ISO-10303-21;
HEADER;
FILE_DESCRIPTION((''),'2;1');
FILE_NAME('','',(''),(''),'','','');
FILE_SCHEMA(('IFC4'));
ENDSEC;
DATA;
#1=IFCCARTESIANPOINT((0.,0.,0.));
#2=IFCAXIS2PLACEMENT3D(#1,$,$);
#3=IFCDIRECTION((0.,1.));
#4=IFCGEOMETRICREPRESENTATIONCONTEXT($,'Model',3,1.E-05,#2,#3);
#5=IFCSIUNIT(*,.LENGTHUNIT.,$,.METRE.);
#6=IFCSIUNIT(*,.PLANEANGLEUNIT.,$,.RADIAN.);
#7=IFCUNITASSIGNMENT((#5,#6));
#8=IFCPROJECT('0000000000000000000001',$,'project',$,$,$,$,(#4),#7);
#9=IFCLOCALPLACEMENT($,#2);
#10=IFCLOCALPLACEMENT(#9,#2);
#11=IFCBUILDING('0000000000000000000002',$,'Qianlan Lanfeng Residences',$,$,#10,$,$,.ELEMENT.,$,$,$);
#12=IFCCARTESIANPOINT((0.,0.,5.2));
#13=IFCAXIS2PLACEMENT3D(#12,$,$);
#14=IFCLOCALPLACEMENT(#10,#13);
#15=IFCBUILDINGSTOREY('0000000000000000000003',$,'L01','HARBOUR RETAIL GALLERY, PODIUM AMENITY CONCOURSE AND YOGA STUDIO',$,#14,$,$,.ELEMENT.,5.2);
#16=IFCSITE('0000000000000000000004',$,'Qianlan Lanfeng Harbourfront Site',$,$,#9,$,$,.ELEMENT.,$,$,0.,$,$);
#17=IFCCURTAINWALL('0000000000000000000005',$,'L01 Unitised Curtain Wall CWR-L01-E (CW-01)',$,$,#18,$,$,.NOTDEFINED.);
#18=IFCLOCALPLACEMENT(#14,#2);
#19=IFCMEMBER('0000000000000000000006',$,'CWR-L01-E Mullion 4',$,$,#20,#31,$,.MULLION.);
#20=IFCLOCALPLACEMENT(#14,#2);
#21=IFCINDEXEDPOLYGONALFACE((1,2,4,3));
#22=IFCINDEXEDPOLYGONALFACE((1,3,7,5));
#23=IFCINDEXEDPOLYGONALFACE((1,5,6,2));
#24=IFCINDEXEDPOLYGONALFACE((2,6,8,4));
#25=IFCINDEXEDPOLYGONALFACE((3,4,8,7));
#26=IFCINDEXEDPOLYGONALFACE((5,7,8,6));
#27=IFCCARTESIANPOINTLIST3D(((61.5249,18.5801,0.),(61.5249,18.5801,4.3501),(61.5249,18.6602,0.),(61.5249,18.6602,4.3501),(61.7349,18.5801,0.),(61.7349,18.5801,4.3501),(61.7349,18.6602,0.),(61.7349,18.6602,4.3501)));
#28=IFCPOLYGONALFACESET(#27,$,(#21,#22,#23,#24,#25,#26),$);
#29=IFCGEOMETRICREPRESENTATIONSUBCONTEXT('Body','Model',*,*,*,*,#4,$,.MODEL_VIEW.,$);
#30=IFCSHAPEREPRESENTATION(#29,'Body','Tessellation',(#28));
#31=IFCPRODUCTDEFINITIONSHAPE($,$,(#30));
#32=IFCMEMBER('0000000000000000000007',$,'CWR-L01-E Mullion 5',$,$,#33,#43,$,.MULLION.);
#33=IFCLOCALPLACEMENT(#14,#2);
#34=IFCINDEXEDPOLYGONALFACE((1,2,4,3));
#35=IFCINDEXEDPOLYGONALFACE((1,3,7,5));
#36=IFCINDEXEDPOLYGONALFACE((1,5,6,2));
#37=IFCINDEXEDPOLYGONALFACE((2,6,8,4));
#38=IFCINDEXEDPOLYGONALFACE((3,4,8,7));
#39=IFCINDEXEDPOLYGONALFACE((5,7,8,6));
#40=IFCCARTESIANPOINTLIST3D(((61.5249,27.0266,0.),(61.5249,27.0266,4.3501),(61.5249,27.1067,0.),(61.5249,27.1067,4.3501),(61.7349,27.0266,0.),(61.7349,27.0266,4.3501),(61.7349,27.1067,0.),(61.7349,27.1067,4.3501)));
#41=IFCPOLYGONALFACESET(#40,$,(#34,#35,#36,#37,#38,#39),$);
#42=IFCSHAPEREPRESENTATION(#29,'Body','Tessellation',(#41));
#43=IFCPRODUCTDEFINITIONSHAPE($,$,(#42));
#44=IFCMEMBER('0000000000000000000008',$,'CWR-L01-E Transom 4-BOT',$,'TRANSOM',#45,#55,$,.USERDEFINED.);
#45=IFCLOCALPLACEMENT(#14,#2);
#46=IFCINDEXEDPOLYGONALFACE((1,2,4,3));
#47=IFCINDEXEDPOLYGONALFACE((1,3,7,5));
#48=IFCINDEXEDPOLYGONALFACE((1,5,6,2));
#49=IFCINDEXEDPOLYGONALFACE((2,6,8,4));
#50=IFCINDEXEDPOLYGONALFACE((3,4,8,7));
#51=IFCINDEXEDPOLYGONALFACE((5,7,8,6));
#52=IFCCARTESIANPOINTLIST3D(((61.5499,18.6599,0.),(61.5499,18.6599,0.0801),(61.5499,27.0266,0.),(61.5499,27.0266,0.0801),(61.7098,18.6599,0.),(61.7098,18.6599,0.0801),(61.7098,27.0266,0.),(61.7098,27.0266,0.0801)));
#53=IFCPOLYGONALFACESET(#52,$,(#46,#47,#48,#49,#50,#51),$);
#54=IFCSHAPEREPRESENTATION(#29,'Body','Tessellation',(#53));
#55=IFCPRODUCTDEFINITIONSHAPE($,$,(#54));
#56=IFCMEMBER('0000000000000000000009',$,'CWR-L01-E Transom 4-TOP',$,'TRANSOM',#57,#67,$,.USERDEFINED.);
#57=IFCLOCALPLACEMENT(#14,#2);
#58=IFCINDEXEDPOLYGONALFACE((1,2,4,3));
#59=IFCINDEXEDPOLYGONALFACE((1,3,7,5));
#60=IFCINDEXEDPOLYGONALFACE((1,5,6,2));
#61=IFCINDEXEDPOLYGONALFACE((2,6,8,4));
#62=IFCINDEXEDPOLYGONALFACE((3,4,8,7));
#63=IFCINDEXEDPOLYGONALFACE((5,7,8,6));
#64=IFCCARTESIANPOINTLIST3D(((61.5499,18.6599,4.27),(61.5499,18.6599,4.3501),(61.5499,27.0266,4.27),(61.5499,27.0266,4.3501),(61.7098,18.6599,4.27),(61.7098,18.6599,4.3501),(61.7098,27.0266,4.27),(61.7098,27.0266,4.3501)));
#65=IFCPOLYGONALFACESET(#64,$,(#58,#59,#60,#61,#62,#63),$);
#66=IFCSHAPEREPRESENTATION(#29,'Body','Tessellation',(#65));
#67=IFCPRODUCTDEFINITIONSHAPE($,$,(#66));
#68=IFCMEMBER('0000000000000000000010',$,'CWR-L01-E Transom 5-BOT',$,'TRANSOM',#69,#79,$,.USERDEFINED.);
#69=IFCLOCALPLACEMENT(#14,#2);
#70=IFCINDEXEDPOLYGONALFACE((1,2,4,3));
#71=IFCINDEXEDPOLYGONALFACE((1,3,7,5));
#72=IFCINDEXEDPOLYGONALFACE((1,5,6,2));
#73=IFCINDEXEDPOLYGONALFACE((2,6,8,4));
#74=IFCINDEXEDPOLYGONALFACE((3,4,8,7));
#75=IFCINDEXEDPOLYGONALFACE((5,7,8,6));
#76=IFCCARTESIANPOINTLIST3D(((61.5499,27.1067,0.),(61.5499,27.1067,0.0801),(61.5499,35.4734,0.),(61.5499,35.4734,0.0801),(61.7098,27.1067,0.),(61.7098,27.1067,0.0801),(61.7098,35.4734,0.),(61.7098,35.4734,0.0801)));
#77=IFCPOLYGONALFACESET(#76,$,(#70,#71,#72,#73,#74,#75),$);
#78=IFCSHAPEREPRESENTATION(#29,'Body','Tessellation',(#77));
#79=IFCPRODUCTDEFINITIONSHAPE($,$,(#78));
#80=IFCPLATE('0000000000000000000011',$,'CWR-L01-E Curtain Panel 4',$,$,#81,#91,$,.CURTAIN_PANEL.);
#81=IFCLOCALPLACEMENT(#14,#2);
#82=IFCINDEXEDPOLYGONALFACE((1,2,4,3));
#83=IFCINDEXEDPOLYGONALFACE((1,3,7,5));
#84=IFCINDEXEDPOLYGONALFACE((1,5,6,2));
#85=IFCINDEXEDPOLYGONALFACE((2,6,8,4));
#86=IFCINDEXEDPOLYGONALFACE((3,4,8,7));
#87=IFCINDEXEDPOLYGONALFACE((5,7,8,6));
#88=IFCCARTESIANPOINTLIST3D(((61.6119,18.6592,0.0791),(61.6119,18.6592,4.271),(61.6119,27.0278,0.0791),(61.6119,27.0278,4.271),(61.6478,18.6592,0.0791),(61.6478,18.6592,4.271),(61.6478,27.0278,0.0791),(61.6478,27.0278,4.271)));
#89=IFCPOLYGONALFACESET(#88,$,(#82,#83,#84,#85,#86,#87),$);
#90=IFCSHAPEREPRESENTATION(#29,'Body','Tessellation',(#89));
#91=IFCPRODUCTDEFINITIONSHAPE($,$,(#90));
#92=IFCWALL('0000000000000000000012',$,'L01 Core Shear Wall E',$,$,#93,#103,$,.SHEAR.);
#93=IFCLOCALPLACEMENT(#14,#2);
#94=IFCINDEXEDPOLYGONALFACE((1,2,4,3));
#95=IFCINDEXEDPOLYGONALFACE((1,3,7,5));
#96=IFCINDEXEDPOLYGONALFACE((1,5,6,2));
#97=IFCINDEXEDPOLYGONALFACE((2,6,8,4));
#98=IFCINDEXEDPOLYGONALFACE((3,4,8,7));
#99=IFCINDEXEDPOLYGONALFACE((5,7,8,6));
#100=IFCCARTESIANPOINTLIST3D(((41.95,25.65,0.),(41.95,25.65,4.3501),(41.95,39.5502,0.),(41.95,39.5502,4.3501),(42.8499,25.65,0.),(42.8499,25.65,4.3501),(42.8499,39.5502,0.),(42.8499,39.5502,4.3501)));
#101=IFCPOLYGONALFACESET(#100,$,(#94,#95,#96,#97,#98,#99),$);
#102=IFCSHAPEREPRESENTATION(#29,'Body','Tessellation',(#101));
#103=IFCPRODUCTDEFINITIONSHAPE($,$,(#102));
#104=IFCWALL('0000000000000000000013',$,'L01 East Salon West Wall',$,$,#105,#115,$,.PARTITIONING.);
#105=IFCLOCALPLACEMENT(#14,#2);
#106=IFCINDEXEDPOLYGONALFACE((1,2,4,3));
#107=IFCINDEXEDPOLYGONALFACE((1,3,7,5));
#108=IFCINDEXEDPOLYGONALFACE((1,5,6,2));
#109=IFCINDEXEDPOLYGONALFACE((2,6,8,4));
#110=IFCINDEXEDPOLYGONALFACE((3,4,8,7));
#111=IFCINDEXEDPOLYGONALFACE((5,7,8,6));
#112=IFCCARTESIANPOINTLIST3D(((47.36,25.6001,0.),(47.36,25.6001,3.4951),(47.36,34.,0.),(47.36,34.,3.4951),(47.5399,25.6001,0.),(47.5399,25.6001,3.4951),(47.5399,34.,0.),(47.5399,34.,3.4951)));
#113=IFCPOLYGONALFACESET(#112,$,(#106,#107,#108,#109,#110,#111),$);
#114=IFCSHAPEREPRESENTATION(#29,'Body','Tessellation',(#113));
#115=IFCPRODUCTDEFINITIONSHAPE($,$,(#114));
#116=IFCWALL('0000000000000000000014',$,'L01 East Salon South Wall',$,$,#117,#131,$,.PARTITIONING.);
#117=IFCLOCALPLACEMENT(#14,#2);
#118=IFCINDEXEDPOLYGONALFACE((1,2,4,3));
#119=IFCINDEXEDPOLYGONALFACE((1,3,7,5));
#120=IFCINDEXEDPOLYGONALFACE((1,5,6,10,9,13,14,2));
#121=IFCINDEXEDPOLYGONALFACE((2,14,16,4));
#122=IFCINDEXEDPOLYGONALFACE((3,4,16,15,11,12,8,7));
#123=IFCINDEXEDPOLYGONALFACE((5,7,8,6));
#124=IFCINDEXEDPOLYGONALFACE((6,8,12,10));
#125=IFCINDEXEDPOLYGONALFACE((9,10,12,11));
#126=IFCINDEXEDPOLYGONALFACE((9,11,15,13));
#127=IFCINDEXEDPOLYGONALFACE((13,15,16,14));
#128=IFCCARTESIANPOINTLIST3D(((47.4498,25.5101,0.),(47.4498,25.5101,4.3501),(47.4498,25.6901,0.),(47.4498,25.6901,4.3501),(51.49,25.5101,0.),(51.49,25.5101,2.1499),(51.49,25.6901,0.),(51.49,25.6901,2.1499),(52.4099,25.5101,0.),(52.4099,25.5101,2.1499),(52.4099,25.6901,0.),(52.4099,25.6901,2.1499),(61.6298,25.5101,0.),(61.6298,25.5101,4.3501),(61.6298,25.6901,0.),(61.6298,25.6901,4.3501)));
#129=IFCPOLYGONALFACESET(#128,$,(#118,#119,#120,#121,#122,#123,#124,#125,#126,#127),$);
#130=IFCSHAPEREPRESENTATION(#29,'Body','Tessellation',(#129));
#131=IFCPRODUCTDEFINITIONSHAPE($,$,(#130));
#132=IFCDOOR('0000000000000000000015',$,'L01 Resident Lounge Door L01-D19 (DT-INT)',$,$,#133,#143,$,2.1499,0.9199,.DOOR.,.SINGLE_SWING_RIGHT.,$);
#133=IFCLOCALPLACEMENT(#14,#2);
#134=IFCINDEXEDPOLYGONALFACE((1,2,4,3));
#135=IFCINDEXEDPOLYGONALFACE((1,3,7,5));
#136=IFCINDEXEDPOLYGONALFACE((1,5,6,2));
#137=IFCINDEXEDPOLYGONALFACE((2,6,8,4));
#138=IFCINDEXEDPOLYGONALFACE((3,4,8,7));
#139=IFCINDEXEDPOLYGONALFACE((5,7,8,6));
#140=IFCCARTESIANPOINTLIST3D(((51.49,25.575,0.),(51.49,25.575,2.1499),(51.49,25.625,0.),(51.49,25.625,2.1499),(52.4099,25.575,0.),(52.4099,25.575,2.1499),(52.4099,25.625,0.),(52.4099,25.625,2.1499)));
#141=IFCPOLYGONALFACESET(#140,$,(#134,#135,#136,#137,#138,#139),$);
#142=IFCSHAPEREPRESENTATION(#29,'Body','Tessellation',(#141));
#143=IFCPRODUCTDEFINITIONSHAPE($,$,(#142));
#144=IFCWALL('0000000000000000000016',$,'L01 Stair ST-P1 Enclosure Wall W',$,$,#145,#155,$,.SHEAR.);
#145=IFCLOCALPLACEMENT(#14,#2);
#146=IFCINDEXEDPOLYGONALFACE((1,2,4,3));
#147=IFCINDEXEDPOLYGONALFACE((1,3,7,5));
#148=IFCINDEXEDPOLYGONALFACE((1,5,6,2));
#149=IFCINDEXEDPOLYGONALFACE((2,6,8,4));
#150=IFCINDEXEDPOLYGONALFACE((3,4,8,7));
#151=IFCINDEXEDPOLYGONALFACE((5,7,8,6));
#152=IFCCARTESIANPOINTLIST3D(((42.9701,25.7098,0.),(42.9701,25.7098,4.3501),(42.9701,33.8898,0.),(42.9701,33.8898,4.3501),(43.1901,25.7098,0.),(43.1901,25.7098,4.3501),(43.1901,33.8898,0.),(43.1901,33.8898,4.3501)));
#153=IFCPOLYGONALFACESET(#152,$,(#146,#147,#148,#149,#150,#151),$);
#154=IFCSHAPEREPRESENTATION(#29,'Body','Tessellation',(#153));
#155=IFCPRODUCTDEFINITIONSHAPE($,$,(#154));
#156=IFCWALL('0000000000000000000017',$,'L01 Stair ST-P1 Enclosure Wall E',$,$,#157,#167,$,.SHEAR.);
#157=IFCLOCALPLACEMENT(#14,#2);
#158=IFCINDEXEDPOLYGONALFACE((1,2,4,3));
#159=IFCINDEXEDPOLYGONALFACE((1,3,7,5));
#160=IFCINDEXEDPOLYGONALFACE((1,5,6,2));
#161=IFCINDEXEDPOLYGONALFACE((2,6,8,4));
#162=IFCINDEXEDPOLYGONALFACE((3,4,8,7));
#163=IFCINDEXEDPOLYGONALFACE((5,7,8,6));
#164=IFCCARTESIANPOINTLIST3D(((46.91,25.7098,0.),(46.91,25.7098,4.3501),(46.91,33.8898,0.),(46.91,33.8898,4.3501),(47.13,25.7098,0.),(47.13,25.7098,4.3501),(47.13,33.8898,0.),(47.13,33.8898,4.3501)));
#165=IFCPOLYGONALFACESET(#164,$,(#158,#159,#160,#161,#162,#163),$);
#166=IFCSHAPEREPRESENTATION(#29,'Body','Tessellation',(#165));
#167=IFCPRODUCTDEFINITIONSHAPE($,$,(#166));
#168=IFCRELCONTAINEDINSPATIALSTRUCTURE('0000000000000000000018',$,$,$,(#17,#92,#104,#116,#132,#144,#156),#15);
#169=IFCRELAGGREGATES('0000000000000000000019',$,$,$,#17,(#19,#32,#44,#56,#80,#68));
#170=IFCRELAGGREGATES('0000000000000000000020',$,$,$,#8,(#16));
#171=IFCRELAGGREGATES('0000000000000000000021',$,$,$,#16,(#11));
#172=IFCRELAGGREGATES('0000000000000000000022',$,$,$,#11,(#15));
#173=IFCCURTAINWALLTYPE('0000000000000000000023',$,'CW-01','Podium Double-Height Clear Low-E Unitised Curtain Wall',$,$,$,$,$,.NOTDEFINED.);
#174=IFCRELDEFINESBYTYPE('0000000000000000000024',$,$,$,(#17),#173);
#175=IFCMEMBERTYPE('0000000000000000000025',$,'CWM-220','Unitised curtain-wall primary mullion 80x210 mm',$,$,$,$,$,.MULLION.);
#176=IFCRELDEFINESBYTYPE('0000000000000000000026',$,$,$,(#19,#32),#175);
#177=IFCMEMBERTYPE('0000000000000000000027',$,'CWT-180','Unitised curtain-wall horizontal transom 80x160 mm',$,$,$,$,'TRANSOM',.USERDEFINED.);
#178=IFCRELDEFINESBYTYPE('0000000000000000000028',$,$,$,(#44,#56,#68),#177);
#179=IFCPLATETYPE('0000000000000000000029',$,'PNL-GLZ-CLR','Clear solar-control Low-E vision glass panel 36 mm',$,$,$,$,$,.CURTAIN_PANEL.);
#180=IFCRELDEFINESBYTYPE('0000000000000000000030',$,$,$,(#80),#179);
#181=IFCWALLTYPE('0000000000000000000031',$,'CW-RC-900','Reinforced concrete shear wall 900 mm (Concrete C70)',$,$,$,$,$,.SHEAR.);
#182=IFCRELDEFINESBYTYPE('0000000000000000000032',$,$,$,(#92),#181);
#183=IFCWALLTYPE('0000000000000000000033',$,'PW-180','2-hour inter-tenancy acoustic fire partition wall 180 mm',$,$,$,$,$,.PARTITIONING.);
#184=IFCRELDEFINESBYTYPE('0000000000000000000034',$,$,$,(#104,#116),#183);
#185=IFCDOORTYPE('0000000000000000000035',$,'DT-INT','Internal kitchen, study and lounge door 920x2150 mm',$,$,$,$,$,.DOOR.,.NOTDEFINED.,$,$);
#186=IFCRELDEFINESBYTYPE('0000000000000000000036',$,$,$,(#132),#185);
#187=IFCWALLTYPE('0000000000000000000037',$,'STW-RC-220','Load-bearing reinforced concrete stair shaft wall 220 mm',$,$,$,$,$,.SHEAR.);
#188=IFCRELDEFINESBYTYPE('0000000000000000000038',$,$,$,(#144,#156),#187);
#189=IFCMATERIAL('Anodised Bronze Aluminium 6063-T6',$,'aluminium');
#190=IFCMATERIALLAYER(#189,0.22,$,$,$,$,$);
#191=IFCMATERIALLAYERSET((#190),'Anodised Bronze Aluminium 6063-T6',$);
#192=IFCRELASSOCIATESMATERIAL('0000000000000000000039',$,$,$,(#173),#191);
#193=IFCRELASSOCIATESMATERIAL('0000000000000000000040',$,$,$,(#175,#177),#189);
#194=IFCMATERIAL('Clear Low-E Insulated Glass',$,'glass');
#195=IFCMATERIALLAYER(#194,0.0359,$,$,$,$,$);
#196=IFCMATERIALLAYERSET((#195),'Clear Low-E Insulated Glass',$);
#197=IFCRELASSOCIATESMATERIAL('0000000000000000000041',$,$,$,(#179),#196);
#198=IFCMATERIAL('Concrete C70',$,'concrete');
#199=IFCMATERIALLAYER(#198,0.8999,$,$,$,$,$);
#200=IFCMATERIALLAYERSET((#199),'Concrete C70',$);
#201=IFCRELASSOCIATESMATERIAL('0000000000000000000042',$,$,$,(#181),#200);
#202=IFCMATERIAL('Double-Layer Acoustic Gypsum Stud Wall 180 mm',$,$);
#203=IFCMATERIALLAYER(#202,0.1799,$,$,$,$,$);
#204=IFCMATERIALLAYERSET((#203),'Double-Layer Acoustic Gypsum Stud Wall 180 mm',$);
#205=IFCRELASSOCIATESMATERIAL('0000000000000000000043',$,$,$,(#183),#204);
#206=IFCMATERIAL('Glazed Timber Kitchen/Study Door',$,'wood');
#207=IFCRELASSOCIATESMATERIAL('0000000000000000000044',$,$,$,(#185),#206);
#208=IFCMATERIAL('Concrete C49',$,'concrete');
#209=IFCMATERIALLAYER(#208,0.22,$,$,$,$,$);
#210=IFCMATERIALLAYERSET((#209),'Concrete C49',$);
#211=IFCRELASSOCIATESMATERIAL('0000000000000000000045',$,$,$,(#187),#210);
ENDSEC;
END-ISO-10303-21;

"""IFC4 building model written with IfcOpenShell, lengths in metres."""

from ifc_helpers import new_model, si_unit, direction, frame, frame_2d, origin, origin_2d, place, context, subcontext, project, spatial, rectangle, extrude, source, transform, mapped, material, layer, layer_set, material_profile, profile_set, type_object, element, fill, aggregate, save


model = new_model("IFC4")

# Units and contexts
model_context = context("Model", 3, precision=1e-05, world=origin(), true_north=direction((0.0, 1.0)))
body_context = subcontext(model_context, "Body", "Model", "MODEL_VIEW")
ifc_project = project(units=[si_unit("LENGTHUNIT", "METRE"), si_unit("PLANEANGLEUNIT", "RADIAN")], contexts=[model_context])

# Site, building, storey
site_placement = place(None, origin())
site = spatial("IfcSite", under=ifc_project, at=site_placement, Name="Qianlan Lanfeng Harbourfront Site", CompositionType="ELEMENT", RefElevation=0.0)
building_placement = place(site_placement, origin())
building = spatial("IfcBuilding", under=site, at=building_placement, Name="Qianlan Lanfeng Residences", CompositionType="ELEMENT")
storey_placement = place(building_placement, frame((0.0, 0.0, 5.2)))
storey = spatial("IfcBuildingStorey", under=building, at=storey_placement, Name="L01", Description="HARBOUR RETAIL GALLERY, PODIUM AMENITY CONCOURSE AND YOGA STUDIO", CompositionType="ELEMENT", Elevation=5.2)

# Curtain wall, members, plate
ifc_material_1 = material(Name="Anodised Bronze Aluminium 6063-T6", Category="aluminium")
ifc_layer_1 = layer(ifc_material_1, 0.22)
ifc_layer_set_1 = layer_set([ifc_layer_1], Name="Anodised Bronze Aluminium 6063-T6")
curtain_wall_type = type_object("IfcCurtainWallType", Name="CW-01", Description="Podium Double-Height Clear Low-E Unitised Curtain Wall", PredefinedType="NOTDEFINED", material=ifc_layer_set_1)
curtain_wall_placement = place(storey_placement, origin())
curtain_wall = element("IfcCurtainWall", 1, at=curtain_wall_placement, inside=storey, type_object=curtain_wall_type, Name="L01 Unitised Curtain Wall CWR-L01-E (CW-01)", PredefinedType="NOTDEFINED")
ifc_material_profile_1 = material_profile(ifc_material_1, rectangle(XDim=0.0801, YDim=0.21, at=origin_2d()), Name="ALU MULLION 80x210")
ifc_profile_set_1 = profile_set([ifc_material_profile_1], Name="Anodised Bronze Aluminium 6063-T6")
member_type_1 = type_object("IfcMemberType", Name="CWM-220", Description="Unitised curtain-wall primary mullion 80x210 mm", PredefinedType="MULLION", material=ifc_profile_set_1)
shared_shape_1 = source(origin(), body_context, "Body", "SweptSolid", [
    extrude(rectangle(XDim=0.0801, YDim=0.21, at=origin_2d()), origin(), (0.0, 0.0, 1.0), 4.3501),
])
member_1_placement = place(storey_placement, frame((61.6299, 18.6201, 0.0), z_axis=(0.0, 0.0, 1.0), x_axis=(0.0, 1.0, 0.0)))
member_1 = element("IfcMember", 2, at=member_1_placement, type_object=member_type_1, Name="CWR-L01-E Mullion 4", PredefinedType="MULLION", context=body_context, shape_type="MappedRepresentation", body=[
    mapped(shared_shape_1, transform((0.0, 0.0, 0.0), scale=1.0)),
])
member_2_placement = place(storey_placement, frame((61.6299, 27.0667, 0.0), z_axis=(0.0, 0.0, 1.0), x_axis=(0.0, 1.0, 0.0)))
member_2 = element("IfcMember", 3, at=member_2_placement, type_object=member_type_1, Name="CWR-L01-E Mullion 5", PredefinedType="MULLION", context=body_context, shape_type="MappedRepresentation", body=[
    mapped(shared_shape_1, transform((0.0, 0.0, 0.0), scale=1.0)),
])
ifc_material_profile_2 = material_profile(ifc_material_1, rectangle(XDim=0.0801, YDim=0.1599, at=origin_2d()), Name="ALU TRANSOM 80x160")
ifc_profile_set_2 = profile_set([ifc_material_profile_2], Name="Anodised Bronze Aluminium 6063-T6")
member_type_2 = type_object("IfcMemberType", Name="CWT-180", Description="Unitised curtain-wall horizontal transom 80x160 mm", ElementType="TRANSOM", PredefinedType="USERDEFINED", material=ifc_profile_set_2)
shared_shape_2 = source(origin(), body_context, "Body", "SweptSolid", [
    extrude(rectangle(XDim=0.0801, YDim=0.1599, at=origin_2d()), origin(), (0.0, 0.0, 1.0), 8.3667),
])
member_3_placement = place(storey_placement, frame((61.6299, 18.6599, 0.04), z_axis=(0.0, 1.0, 0.0), x_axis=(0.0, 0.0, 1.0)))
member_3 = element("IfcMember", 4, at=member_3_placement, type_object=member_type_2, Name="CWR-L01-E Transom 4-BOT", ObjectType="TRANSOM", PredefinedType="USERDEFINED", context=body_context, shape_type="MappedRepresentation", body=[
    mapped(shared_shape_2, transform((0.0, 0.0, 0.0), scale=1.0)),
])
member_4_placement = place(storey_placement, frame((61.6299, 18.6599, 4.3101), z_axis=(0.0, 1.0, 0.0), x_axis=(0.0, 0.0, 1.0)))
member_4 = element("IfcMember", 5, at=member_4_placement, type_object=member_type_2, Name="CWR-L01-E Transom 4-TOP", ObjectType="TRANSOM", PredefinedType="USERDEFINED", context=body_context, shape_type="MappedRepresentation", body=[
    mapped(shared_shape_2, transform((0.0, 0.0, 0.0), scale=1.0)),
])
member_5_placement = place(storey_placement, frame((61.6299, 27.1067, 0.04), z_axis=(0.0, 1.0, 0.0), x_axis=(0.0, 0.0, 1.0)))
member_5 = element("IfcMember", 6, at=member_5_placement, type_object=member_type_2, Name="CWR-L01-E Transom 5-BOT", ObjectType="TRANSOM", PredefinedType="USERDEFINED", context=body_context, shape_type="MappedRepresentation", body=[
    mapped(shared_shape_2, transform((0.0, 0.0, 0.0), scale=1.0)),
])
ifc_material_2 = material(Name="Clear Low-E Insulated Glass", Category="glass")
ifc_layer_2 = layer(ifc_material_2, 0.0359)
ifc_layer_set_2 = layer_set([ifc_layer_2], Name="Clear Low-E Insulated Glass")
plate_type = type_object("IfcPlateType", Name="PNL-GLZ-CLR", Description="Clear solar-control Low-E vision glass panel 36 mm", PredefinedType="CURTAIN_PANEL", material=ifc_layer_set_2)
shared_shape_3 = source(origin(), body_context, "Body", "SweptSolid", [
    extrude(rectangle(XDim=8.3687, YDim=0.0359, at=origin_2d()), origin(), (0.0, 0.0, 1.0), 4.1919),
])
plate_placement = place(storey_placement, frame((61.6299, 22.8435, 0.0791), z_axis=(0.0, 0.0, 1.0), x_axis=(0.0, 1.0, 0.0)))
plate = element("IfcPlate", 7, at=plate_placement, type_object=plate_type, Name="CWR-L01-E Curtain Panel 4", PredefinedType="CURTAIN_PANEL", context=body_context, shape_type="MappedRepresentation", body=[
    mapped(shared_shape_3, transform((0.0, 0.0, 0.0), scale=1.0)),
])
aggregate(curtain_wall, [member_1, member_2, member_3, member_4, plate, member_5])

# Walls
ifc_material_3 = material(Name="Concrete C70", Category="concrete")
ifc_layer_3 = layer(ifc_material_3, 0.8999)
ifc_layer_set_3 = layer_set([ifc_layer_3], Name="Concrete C70")
wall_type_1 = type_object("IfcWallType", Name="CW-RC-900", Description="Reinforced concrete shear wall 900 mm (Concrete C70)", PredefinedType="SHEAR", material=ifc_layer_set_3)
wall_1_placement = place(storey_placement, frame((42.3999, 25.6499, 0.0), z_axis=(0.0, 0.0, 1.0), x_axis=(0.0, 1.0, 0.0)))
element("IfcWall", 8, at=wall_1_placement, inside=storey, type_object=wall_type_1, Name="L01 Core Shear Wall E", PredefinedType="SHEAR", context=body_context, shape_type="SweptSolid", body=[
    extrude(rectangle(XDim=13.9001, YDim=0.8999, at=frame_2d((6.9502, 0.0))), origin(), (0.0, 0.0, 1.0), 4.3501),
])
ifc_material_4 = material(Name="Double-Layer Acoustic Gypsum Stud Wall 180 mm")
ifc_layer_4 = layer(ifc_material_4, 0.1799)
ifc_layer_set_4 = layer_set([ifc_layer_4], Name="Double-Layer Acoustic Gypsum Stud Wall 180 mm")
wall_type_2 = type_object("IfcWallType", Name="PW-180", Description="2-hour inter-tenancy acoustic fire partition wall 180 mm", PredefinedType="PARTITIONING", material=ifc_layer_set_4)
wall_2_placement = place(storey_placement, frame((47.45, 25.6001, 0.0), z_axis=(0.0, 0.0, 1.0), x_axis=(0.0, 1.0, 0.0)))
element("IfcWall", 9, at=wall_2_placement, inside=storey, type_object=wall_type_2, Name="L01 East Salon West Wall", PredefinedType="PARTITIONING", context=body_context, shape_type="SweptSolid", body=[
    extrude(rectangle(XDim=8.3999, YDim=0.1799, at=frame_2d((4.2, 0.0))), origin(), (0.0, 0.0, 1.0), 3.4951),
])

# Wall, opening, door
wall_3_placement = place(storey_placement, frame((47.45, 25.6001, 0.0), z_axis=(0.0, 0.0, 1.0), x_axis=(1.0, 0.0, 0.0)))
wall_3 = element("IfcWall", 10, at=wall_3_placement, inside=storey, type_object=wall_type_2, Name="L01 East Salon South Wall", PredefinedType="PARTITIONING", context=body_context, shape_type="SweptSolid", body=[
    extrude(rectangle(XDim=14.1799, YDim=0.1799, at=frame_2d((7.0898, 0.0))), origin(), (0.0, 0.0, 1.0), 4.3501),
])
opening_1_placement = place(wall_3_placement, frame((4.04, 0.0, 0.0)))
opening_1 = element("IfcOpeningElement", 11, at=opening_1_placement, cuts=wall_3, PredefinedType="OPENING", context=body_context, shape_type="SweptSolid", body=[
    extrude(rectangle(XDim=0.9199, YDim=2.1499, at=frame_2d((0.46, 1.075))), frame((0.0, 0.1001, 0.0), z_axis=(0.0, -1.0, 0.0), x_axis=(1.0, 0.0, 0.0)), (0.0, 0.0, 1.0), 0.2),
])
ifc_material_5 = material(Name="Glazed Timber Kitchen/Study Door", Category="wood")
door_type_1 = type_object("IfcDoorType", Name="DT-INT", Description="Internal kitchen, study and lounge door 920x2150 mm", OperationType="NOTDEFINED", PredefinedType="DOOR", material=ifc_material_5)
door_1_placement = place(opening_1_placement, origin())
door_1 = element("IfcDoor", 12, at=door_1_placement, inside=storey, type_object=door_type_1, Name="L01 Resident Lounge Door L01-D19 (DT-INT)", OperationType="SINGLE_SWING_RIGHT", OverallHeight=2.1499, OverallWidth=0.9199, PredefinedType="DOOR", context=body_context, shape_type="SweptSolid", body=[
    extrude(rectangle(XDim=0.9199, YDim=2.1499, at=frame_2d((0.46, 1.075))), frame((0.0, 0.0249, 0.0), z_axis=(0.0, -1.0, 0.0), x_axis=(1.0, 0.0, 0.0)), (0.0, 0.0, 1.0), 0.05),
])
fill(opening_1, door_1)

# Walls
ifc_material_6 = material(Name="Concrete C49", Category="concrete")
ifc_layer_5 = layer(ifc_material_6, 0.22)
ifc_layer_set_5 = layer_set([ifc_layer_5], Name="Concrete C49")
wall_type_3 = type_object("IfcWallType", Name="STW-RC-220", Description="Load-bearing reinforced concrete stair shaft wall 220 mm", PredefinedType="SHEAR", material=ifc_layer_set_5)
for number, where, z_axis, x_axis, name in (
    (13, (43.0801, 25.71, 0.0), (0.0, 0.0, 1.0), (0.0, 1.0, 0.0), "L01 Stair ST-P1 Enclosure Wall W"),
    (14, (47.02, 25.71, 0.0), (0.0, 0.0, 1.0), (0.0, 1.0, 0.0), "L01 Stair ST-P1 Enclosure Wall E"),
):
    element("IfcWall", number, at=place(storey_placement, frame(where, z_axis=z_axis, x_axis=x_axis)), inside=storey, type_object=wall_type_3, Name=name, PredefinedType="SHEAR", context=body_context, shape_type="SweptSolid", body=[
        extrude(rectangle(XDim=8.1799, YDim=0.22, at=frame_2d((4.0898, 0.0))), origin(), (0.0, 0.0, 1.0), 4.3501),
    ])

save(model, "model.ifc")
